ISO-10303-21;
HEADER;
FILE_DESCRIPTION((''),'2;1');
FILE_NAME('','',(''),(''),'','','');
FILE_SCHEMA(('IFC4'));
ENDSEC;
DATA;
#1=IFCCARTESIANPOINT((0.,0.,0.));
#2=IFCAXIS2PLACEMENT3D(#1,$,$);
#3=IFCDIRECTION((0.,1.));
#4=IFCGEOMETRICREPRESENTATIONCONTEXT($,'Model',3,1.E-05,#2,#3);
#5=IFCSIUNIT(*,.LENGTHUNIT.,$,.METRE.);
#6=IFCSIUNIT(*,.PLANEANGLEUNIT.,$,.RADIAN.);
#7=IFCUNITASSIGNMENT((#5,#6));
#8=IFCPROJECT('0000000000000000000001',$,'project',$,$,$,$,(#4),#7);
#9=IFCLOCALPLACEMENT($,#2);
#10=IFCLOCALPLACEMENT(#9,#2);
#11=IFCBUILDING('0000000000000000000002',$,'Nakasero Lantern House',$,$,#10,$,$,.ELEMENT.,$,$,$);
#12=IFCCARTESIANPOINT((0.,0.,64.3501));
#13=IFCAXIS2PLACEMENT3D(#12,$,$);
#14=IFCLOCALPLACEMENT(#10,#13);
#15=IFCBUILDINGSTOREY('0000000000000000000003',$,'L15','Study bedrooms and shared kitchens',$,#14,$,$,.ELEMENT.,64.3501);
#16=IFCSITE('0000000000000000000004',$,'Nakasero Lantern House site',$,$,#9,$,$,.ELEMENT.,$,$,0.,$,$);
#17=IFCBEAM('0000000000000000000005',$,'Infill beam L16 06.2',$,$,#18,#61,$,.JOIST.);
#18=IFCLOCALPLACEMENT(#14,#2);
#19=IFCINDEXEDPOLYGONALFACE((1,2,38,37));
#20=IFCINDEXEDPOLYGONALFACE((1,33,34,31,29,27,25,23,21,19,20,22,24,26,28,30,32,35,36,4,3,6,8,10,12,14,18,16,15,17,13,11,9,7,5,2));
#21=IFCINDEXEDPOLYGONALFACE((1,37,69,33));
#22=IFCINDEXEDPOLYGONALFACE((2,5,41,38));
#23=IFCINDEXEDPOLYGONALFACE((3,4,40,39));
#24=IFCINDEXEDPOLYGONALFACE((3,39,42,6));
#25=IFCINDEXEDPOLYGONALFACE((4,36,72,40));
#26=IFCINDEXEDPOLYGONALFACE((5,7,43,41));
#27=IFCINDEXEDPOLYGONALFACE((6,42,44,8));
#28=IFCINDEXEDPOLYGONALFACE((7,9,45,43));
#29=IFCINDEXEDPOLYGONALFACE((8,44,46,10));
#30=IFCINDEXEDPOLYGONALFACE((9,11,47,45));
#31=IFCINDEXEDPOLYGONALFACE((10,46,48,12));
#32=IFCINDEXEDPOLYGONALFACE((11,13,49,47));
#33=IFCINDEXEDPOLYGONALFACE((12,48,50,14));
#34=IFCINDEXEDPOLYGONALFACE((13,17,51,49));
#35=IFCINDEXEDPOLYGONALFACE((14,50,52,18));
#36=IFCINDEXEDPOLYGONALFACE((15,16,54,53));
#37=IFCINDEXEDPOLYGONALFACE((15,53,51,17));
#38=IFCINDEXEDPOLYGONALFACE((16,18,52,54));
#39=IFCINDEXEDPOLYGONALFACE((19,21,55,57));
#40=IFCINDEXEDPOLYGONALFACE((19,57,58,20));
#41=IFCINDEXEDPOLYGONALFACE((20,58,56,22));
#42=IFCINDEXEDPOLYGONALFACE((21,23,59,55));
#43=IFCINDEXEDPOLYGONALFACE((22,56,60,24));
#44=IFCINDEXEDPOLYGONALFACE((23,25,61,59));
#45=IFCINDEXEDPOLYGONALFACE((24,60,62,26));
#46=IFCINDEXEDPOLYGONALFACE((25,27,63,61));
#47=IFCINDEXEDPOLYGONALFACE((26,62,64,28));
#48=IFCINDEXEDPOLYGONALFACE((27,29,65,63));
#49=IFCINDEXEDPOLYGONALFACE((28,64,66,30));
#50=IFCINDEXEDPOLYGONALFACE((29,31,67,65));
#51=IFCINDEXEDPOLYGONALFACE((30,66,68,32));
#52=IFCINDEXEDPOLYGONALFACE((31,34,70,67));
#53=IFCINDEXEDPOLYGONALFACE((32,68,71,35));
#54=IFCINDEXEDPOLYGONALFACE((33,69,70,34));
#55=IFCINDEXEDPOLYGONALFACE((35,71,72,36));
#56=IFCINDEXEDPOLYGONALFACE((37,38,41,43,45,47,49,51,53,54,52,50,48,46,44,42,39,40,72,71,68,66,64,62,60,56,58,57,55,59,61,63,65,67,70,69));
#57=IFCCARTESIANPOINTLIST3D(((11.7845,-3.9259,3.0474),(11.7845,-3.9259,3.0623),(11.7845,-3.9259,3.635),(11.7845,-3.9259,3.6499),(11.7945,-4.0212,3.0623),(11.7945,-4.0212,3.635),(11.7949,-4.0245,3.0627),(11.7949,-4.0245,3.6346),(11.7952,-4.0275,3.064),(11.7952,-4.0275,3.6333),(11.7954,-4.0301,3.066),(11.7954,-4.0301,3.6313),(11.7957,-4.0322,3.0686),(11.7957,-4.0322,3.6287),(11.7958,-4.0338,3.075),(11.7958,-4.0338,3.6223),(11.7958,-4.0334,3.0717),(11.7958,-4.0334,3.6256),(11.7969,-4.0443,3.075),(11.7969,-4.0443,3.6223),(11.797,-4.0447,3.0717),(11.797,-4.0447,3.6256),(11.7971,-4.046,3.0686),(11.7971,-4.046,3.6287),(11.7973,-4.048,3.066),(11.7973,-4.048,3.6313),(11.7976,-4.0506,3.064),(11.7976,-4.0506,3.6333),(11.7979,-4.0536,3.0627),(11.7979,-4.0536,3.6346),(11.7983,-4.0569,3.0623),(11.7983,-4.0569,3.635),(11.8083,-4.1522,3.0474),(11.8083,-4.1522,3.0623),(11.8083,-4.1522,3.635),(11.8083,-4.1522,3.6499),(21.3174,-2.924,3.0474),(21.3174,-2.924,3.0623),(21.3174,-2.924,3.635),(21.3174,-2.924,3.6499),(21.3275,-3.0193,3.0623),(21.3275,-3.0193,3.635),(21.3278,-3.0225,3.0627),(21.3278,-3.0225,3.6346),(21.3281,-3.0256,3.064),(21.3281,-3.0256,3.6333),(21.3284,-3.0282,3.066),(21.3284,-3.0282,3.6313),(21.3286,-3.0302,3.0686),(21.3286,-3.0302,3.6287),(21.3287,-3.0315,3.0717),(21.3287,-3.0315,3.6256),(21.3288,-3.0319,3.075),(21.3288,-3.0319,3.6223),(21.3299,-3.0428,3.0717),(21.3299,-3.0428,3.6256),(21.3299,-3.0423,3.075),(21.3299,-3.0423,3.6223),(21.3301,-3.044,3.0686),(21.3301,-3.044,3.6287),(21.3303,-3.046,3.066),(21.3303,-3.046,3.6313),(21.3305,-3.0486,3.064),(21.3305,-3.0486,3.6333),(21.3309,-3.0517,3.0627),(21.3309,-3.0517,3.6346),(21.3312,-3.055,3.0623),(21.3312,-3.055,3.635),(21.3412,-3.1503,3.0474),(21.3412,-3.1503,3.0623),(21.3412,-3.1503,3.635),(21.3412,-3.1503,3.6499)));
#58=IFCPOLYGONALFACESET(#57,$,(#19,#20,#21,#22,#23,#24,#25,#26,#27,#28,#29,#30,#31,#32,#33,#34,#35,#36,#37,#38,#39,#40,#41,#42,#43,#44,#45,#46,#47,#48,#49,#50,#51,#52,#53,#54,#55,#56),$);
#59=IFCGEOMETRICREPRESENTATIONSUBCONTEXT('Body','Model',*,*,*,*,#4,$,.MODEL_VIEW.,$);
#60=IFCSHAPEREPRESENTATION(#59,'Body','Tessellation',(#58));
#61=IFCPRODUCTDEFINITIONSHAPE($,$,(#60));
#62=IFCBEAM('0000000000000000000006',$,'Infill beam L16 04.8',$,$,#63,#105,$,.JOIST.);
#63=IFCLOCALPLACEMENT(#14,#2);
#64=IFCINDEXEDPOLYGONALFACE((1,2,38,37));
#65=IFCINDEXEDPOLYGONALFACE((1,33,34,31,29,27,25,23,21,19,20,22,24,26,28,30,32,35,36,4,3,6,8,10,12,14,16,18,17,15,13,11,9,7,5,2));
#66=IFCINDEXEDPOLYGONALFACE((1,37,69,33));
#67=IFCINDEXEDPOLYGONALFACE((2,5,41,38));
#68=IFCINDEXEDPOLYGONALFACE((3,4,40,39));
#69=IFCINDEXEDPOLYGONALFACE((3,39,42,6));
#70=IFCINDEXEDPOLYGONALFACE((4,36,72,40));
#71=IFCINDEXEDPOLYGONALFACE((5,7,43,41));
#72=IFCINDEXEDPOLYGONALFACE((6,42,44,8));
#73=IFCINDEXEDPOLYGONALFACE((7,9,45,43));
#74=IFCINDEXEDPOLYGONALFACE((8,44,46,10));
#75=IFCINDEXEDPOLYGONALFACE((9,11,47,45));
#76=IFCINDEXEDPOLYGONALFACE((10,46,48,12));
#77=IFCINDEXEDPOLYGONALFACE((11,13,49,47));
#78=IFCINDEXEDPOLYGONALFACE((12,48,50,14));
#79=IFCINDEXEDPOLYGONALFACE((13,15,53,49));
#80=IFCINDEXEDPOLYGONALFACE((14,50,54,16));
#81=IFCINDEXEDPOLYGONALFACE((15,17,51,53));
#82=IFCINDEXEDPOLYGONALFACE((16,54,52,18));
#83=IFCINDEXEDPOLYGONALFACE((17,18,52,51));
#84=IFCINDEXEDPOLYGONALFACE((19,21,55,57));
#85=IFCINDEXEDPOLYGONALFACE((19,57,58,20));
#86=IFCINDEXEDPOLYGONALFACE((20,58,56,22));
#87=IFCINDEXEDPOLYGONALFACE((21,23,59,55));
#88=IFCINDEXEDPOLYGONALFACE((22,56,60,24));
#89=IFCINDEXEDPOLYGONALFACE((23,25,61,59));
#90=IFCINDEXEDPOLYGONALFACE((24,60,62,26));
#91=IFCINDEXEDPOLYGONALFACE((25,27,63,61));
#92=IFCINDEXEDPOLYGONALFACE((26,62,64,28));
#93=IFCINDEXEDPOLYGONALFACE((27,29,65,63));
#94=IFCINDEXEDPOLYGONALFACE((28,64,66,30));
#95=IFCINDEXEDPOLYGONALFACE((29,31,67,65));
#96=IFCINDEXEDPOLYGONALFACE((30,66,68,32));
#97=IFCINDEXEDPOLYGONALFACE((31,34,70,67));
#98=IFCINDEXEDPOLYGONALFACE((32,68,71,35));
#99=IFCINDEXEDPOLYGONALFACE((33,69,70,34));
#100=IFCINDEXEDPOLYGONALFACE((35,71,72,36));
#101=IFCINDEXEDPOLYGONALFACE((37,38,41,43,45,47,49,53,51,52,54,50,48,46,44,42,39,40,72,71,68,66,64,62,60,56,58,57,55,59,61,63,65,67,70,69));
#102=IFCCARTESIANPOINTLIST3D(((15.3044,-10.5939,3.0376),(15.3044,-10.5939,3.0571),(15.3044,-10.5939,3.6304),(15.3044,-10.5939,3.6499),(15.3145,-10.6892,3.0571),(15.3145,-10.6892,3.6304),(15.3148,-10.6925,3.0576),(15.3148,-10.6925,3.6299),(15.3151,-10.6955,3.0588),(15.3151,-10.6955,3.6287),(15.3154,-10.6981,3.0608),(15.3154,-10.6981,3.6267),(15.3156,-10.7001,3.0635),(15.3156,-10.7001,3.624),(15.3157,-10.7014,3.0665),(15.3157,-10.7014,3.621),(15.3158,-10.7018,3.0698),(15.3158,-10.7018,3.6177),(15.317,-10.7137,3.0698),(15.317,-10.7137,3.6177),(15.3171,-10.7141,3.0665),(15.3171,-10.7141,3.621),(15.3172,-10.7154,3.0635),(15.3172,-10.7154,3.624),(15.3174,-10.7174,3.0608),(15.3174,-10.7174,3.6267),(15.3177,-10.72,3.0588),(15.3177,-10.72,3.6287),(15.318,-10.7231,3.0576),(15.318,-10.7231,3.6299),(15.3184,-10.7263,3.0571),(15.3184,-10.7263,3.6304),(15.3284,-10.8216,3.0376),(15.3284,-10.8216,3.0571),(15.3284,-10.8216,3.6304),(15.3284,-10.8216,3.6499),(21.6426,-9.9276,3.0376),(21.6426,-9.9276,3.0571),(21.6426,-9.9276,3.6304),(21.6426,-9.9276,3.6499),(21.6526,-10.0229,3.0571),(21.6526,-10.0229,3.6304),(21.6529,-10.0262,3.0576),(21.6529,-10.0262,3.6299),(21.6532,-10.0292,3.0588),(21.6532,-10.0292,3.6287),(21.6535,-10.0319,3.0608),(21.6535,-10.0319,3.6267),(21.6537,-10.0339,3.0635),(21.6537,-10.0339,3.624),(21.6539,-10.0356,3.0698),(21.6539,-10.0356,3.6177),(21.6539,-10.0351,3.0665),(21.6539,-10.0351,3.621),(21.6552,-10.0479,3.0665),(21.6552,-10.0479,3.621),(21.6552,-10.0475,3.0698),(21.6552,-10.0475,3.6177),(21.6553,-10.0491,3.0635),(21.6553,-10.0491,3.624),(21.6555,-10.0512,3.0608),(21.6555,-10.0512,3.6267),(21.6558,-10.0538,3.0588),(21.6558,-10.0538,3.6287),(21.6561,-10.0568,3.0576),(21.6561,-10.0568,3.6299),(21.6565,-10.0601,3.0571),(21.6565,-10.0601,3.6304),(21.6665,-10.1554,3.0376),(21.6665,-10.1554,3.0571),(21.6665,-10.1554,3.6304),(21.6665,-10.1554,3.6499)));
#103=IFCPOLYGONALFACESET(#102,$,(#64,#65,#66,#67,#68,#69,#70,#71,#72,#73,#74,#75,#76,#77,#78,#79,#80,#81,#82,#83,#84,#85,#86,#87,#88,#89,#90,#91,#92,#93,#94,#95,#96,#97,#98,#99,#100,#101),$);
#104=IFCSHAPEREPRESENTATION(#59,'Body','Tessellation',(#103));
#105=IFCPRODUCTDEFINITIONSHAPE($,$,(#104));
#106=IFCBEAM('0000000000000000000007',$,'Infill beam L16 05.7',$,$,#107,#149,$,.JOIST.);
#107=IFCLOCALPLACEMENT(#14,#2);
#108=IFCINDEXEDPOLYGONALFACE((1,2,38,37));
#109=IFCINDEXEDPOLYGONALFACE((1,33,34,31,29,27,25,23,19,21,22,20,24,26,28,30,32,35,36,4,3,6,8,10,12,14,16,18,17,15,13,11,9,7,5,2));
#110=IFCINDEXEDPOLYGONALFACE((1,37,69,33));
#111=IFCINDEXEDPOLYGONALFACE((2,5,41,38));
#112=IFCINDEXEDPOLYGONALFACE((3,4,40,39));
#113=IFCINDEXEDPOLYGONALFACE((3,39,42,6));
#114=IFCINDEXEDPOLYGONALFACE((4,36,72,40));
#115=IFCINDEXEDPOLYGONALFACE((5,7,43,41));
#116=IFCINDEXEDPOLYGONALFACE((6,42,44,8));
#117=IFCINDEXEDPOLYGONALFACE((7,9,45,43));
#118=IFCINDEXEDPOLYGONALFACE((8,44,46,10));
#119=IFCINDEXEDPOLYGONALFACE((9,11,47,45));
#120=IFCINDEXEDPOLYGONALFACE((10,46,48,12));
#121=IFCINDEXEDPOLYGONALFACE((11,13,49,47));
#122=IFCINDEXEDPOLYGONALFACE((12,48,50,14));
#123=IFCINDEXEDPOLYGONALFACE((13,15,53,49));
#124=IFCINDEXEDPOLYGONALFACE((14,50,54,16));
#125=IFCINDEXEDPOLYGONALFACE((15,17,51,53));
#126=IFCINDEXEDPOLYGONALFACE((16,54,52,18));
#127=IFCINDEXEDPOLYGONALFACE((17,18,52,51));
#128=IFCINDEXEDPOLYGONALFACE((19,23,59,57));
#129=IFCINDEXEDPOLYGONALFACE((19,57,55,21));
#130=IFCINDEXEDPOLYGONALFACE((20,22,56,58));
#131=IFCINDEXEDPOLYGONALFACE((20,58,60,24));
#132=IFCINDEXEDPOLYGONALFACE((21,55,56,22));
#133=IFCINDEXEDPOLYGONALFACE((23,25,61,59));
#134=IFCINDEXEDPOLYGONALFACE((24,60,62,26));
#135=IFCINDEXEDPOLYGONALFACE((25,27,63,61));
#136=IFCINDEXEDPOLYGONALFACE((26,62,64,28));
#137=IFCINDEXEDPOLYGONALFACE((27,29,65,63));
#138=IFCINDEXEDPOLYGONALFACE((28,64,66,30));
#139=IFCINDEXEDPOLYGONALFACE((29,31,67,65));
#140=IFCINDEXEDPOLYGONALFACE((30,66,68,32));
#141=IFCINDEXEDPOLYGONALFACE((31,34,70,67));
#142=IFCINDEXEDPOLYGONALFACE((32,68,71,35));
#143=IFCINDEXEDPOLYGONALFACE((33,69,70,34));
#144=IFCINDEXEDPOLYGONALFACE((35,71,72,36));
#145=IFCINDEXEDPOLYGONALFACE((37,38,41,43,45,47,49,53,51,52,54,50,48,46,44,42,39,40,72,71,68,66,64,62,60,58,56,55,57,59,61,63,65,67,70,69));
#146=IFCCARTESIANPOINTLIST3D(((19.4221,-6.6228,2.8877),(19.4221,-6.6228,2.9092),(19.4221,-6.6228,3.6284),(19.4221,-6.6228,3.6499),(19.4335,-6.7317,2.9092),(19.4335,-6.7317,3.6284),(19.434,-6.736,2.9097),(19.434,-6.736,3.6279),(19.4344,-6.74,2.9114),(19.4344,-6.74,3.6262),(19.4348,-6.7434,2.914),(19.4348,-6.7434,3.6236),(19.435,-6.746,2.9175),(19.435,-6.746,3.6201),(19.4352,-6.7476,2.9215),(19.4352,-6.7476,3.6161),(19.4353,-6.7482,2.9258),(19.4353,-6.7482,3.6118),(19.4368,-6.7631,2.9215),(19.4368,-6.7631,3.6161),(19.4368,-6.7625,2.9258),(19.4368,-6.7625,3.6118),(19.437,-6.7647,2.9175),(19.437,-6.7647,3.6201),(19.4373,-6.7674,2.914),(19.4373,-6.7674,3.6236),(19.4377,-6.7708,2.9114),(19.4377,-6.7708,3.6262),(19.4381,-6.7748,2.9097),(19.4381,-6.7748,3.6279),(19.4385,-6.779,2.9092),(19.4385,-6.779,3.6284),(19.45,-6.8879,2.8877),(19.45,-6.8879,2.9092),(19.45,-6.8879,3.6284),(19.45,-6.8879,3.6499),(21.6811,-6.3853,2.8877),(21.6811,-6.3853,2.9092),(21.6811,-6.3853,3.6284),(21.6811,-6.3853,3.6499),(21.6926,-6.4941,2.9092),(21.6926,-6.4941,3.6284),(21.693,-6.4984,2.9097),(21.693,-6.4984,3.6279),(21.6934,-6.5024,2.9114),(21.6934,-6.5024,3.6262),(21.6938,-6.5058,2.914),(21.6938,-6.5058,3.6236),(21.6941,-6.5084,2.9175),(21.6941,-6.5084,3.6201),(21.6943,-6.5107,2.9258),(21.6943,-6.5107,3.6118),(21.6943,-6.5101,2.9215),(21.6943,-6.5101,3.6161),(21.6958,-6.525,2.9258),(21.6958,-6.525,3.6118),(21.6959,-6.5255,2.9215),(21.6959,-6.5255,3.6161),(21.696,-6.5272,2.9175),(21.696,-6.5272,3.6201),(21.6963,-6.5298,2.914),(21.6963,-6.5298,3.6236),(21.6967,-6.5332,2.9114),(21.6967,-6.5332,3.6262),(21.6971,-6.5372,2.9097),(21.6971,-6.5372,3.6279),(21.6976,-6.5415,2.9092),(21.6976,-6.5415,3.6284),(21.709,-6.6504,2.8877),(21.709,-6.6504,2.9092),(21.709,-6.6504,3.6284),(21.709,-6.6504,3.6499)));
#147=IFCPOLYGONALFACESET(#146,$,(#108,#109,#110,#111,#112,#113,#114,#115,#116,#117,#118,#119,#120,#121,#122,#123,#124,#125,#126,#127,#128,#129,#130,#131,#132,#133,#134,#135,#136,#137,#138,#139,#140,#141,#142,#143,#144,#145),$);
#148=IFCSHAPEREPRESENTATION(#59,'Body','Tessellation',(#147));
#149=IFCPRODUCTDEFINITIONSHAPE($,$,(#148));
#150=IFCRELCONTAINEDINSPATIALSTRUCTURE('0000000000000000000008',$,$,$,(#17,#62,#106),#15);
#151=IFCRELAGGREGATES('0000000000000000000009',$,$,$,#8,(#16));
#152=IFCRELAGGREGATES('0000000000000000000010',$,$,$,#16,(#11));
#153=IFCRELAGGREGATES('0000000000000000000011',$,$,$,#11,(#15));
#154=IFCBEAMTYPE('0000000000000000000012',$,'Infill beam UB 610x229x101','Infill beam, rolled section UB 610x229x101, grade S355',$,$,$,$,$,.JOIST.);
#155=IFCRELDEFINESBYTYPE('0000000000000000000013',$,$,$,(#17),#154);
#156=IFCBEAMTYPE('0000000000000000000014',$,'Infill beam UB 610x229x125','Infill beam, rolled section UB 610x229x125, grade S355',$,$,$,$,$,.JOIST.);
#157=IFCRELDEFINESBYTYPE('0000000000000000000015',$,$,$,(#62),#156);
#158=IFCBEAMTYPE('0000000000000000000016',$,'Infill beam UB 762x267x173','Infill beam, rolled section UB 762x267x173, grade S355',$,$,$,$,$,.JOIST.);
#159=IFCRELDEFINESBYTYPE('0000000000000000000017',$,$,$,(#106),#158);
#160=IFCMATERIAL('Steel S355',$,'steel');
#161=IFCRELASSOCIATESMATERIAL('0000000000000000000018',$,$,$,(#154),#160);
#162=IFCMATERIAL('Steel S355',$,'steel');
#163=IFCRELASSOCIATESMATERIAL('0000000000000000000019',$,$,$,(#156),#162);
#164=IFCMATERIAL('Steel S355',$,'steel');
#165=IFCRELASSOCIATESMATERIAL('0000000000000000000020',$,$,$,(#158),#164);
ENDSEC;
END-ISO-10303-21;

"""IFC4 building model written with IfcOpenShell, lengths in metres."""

from ifc_helpers import new_model, si_unit, direction, frame, origin, origin_2d, place, context, subcontext, project, spatial, i_section, extrude, material, material_profile, profile_set, type_object, element, save


model = new_model("IFC4")

# Units and contexts
model_context = context("Model", 3, precision=1e-05, world=origin(), true_north=direction((0.0, 1.0)))
body_context = subcontext(model_context, "Body", "Model", "MODEL_VIEW")
ifc_project = project(units=[si_unit("LENGTHUNIT", "METRE"), si_unit("PLANEANGLEUNIT", "RADIAN")], contexts=[model_context])

# Site, building, storey
site_placement = place(None, origin())
site = spatial("IfcSite", under=ifc_project, at=site_placement, Name="Nakasero Lantern House site", CompositionType="ELEMENT", RefElevation=0.0)
building_placement = place(site_placement, origin())
building = spatial("IfcBuilding", under=site, at=building_placement, Name="Nakasero Lantern House", CompositionType="ELEMENT")
storey_placement = place(building_placement, frame((0.0, 0.0, 64.3501)))
storey = spatial("IfcBuildingStorey", under=building, at=storey_placement, Name="L15", Description="Study bedrooms and shared kitchens", CompositionType="ELEMENT", Elevation=64.3501)

# Beams
ifc_material_1 = material(Name="Steel S355", Category="steel")
ifc_material_profile_1 = material_profile(ifc_material_1, i_section(OverallWidth=0.2275, OverallDepth=0.6025, WebThickness=0.0105, FlangeThickness=0.0149, FilletRadius=0.0127, at=origin_2d()), Name="UB 610x229x101")
ifc_profile_set_1 = profile_set([ifc_material_profile_1], Name="Steel S355")
beam_type_1 = type_object("IfcBeamType", Name="Infill beam UB 610x229x101", Description="Infill beam, rolled section UB 610x229x101, grade S355", PredefinedType="JOIST", material=ifc_profile_set_1)
beam_1_placement = place(storey_placement, frame((11.7964, -4.0391, 3.3486), z_axis=(0.994522, 0.104528, 0.0), x_axis=(-0.104528, 0.994522, 0.0)))
element("IfcBeam", 1, at=beam_1_placement, inside=storey, type_object=beam_type_1, Name="Infill beam L16 06.2", PredefinedType="JOIST", context=body_context, shape_type="SweptSolid", body=[
    extrude(i_section(OverallWidth=0.2275, OverallDepth=0.6025, WebThickness=0.0105, FlangeThickness=0.0149, FilletRadius=0.0127, at=origin_2d()), origin(), (0.0, 0.0, 1.0), 9.5854),
])
ifc_material_2 = material(Name="Steel S355", Category="steel")
ifc_material_profile_2 = material_profile(ifc_material_2, i_section(OverallWidth=0.229, OverallDepth=0.6123, WebThickness=0.012, FlangeThickness=0.0195, FilletRadius=0.0127, at=origin_2d()), Name="UB 610x229x125")
ifc_profile_set_2 = profile_set([ifc_material_profile_2], Name="Steel S355")
beam_type_2 = type_object("IfcBeamType", Name="Infill beam UB 610x229x125", Description="Infill beam, rolled section UB 610x229x125, grade S355", PredefinedType="JOIST", material=ifc_profile_set_2)
beam_2_placement = place(storey_placement, frame((15.3164, -10.7078, 3.3438), z_axis=(0.99452, 0.104543, 0.0), x_axis=(-0.104543, 0.99452, 0.0)))
element("IfcBeam", 2, at=beam_2_placement, inside=storey, type_object=beam_type_2, Name="Infill beam L16 04.8", PredefinedType="JOIST", context=body_context, shape_type="SweptSolid", body=[
    extrude(i_section(OverallWidth=0.229, OverallDepth=0.6123, WebThickness=0.012, FlangeThickness=0.0195, FilletRadius=0.0127, at=origin_2d()), origin(), (0.0, 0.0, 1.0), 6.373),
])
ifc_material_3 = material(Name="Steel S355", Category="steel")
ifc_material_profile_3 = material_profile(ifc_material_3, i_section(OverallWidth=0.2666, OverallDepth=0.7622, WebThickness=0.0144, FlangeThickness=0.0215, FilletRadius=0.0166, at=origin_2d()), Name="UB 762x267x173")
ifc_profile_set_3 = profile_set([ifc_material_profile_3], Name="Steel S355")
beam_type_3 = type_object("IfcBeamType", Name="Infill beam UB 762x267x173", Description="Infill beam, rolled section UB 762x267x173, grade S355", PredefinedType="JOIST", material=ifc_profile_set_3)
beam_3_placement = place(storey_placement, frame((19.436, -6.7554, 3.2688), z_axis=(0.994517, 0.104578, 0.0), x_axis=(-0.104578, 0.994517, 0.0)))
element("IfcBeam", 3, at=beam_3_placement, inside=storey, type_object=beam_type_3, Name="Infill beam L16 05.7", PredefinedType="JOIST", context=body_context, shape_type="SweptSolid", body=[
    extrude(i_section(OverallWidth=0.2666, OverallDepth=0.7622, WebThickness=0.0144, FlangeThickness=0.0215, FilletRadius=0.0166, at=origin_2d()), origin(), (0.0, 0.0, 1.0), 2.2715),
])

save(model, "model.ifc")
